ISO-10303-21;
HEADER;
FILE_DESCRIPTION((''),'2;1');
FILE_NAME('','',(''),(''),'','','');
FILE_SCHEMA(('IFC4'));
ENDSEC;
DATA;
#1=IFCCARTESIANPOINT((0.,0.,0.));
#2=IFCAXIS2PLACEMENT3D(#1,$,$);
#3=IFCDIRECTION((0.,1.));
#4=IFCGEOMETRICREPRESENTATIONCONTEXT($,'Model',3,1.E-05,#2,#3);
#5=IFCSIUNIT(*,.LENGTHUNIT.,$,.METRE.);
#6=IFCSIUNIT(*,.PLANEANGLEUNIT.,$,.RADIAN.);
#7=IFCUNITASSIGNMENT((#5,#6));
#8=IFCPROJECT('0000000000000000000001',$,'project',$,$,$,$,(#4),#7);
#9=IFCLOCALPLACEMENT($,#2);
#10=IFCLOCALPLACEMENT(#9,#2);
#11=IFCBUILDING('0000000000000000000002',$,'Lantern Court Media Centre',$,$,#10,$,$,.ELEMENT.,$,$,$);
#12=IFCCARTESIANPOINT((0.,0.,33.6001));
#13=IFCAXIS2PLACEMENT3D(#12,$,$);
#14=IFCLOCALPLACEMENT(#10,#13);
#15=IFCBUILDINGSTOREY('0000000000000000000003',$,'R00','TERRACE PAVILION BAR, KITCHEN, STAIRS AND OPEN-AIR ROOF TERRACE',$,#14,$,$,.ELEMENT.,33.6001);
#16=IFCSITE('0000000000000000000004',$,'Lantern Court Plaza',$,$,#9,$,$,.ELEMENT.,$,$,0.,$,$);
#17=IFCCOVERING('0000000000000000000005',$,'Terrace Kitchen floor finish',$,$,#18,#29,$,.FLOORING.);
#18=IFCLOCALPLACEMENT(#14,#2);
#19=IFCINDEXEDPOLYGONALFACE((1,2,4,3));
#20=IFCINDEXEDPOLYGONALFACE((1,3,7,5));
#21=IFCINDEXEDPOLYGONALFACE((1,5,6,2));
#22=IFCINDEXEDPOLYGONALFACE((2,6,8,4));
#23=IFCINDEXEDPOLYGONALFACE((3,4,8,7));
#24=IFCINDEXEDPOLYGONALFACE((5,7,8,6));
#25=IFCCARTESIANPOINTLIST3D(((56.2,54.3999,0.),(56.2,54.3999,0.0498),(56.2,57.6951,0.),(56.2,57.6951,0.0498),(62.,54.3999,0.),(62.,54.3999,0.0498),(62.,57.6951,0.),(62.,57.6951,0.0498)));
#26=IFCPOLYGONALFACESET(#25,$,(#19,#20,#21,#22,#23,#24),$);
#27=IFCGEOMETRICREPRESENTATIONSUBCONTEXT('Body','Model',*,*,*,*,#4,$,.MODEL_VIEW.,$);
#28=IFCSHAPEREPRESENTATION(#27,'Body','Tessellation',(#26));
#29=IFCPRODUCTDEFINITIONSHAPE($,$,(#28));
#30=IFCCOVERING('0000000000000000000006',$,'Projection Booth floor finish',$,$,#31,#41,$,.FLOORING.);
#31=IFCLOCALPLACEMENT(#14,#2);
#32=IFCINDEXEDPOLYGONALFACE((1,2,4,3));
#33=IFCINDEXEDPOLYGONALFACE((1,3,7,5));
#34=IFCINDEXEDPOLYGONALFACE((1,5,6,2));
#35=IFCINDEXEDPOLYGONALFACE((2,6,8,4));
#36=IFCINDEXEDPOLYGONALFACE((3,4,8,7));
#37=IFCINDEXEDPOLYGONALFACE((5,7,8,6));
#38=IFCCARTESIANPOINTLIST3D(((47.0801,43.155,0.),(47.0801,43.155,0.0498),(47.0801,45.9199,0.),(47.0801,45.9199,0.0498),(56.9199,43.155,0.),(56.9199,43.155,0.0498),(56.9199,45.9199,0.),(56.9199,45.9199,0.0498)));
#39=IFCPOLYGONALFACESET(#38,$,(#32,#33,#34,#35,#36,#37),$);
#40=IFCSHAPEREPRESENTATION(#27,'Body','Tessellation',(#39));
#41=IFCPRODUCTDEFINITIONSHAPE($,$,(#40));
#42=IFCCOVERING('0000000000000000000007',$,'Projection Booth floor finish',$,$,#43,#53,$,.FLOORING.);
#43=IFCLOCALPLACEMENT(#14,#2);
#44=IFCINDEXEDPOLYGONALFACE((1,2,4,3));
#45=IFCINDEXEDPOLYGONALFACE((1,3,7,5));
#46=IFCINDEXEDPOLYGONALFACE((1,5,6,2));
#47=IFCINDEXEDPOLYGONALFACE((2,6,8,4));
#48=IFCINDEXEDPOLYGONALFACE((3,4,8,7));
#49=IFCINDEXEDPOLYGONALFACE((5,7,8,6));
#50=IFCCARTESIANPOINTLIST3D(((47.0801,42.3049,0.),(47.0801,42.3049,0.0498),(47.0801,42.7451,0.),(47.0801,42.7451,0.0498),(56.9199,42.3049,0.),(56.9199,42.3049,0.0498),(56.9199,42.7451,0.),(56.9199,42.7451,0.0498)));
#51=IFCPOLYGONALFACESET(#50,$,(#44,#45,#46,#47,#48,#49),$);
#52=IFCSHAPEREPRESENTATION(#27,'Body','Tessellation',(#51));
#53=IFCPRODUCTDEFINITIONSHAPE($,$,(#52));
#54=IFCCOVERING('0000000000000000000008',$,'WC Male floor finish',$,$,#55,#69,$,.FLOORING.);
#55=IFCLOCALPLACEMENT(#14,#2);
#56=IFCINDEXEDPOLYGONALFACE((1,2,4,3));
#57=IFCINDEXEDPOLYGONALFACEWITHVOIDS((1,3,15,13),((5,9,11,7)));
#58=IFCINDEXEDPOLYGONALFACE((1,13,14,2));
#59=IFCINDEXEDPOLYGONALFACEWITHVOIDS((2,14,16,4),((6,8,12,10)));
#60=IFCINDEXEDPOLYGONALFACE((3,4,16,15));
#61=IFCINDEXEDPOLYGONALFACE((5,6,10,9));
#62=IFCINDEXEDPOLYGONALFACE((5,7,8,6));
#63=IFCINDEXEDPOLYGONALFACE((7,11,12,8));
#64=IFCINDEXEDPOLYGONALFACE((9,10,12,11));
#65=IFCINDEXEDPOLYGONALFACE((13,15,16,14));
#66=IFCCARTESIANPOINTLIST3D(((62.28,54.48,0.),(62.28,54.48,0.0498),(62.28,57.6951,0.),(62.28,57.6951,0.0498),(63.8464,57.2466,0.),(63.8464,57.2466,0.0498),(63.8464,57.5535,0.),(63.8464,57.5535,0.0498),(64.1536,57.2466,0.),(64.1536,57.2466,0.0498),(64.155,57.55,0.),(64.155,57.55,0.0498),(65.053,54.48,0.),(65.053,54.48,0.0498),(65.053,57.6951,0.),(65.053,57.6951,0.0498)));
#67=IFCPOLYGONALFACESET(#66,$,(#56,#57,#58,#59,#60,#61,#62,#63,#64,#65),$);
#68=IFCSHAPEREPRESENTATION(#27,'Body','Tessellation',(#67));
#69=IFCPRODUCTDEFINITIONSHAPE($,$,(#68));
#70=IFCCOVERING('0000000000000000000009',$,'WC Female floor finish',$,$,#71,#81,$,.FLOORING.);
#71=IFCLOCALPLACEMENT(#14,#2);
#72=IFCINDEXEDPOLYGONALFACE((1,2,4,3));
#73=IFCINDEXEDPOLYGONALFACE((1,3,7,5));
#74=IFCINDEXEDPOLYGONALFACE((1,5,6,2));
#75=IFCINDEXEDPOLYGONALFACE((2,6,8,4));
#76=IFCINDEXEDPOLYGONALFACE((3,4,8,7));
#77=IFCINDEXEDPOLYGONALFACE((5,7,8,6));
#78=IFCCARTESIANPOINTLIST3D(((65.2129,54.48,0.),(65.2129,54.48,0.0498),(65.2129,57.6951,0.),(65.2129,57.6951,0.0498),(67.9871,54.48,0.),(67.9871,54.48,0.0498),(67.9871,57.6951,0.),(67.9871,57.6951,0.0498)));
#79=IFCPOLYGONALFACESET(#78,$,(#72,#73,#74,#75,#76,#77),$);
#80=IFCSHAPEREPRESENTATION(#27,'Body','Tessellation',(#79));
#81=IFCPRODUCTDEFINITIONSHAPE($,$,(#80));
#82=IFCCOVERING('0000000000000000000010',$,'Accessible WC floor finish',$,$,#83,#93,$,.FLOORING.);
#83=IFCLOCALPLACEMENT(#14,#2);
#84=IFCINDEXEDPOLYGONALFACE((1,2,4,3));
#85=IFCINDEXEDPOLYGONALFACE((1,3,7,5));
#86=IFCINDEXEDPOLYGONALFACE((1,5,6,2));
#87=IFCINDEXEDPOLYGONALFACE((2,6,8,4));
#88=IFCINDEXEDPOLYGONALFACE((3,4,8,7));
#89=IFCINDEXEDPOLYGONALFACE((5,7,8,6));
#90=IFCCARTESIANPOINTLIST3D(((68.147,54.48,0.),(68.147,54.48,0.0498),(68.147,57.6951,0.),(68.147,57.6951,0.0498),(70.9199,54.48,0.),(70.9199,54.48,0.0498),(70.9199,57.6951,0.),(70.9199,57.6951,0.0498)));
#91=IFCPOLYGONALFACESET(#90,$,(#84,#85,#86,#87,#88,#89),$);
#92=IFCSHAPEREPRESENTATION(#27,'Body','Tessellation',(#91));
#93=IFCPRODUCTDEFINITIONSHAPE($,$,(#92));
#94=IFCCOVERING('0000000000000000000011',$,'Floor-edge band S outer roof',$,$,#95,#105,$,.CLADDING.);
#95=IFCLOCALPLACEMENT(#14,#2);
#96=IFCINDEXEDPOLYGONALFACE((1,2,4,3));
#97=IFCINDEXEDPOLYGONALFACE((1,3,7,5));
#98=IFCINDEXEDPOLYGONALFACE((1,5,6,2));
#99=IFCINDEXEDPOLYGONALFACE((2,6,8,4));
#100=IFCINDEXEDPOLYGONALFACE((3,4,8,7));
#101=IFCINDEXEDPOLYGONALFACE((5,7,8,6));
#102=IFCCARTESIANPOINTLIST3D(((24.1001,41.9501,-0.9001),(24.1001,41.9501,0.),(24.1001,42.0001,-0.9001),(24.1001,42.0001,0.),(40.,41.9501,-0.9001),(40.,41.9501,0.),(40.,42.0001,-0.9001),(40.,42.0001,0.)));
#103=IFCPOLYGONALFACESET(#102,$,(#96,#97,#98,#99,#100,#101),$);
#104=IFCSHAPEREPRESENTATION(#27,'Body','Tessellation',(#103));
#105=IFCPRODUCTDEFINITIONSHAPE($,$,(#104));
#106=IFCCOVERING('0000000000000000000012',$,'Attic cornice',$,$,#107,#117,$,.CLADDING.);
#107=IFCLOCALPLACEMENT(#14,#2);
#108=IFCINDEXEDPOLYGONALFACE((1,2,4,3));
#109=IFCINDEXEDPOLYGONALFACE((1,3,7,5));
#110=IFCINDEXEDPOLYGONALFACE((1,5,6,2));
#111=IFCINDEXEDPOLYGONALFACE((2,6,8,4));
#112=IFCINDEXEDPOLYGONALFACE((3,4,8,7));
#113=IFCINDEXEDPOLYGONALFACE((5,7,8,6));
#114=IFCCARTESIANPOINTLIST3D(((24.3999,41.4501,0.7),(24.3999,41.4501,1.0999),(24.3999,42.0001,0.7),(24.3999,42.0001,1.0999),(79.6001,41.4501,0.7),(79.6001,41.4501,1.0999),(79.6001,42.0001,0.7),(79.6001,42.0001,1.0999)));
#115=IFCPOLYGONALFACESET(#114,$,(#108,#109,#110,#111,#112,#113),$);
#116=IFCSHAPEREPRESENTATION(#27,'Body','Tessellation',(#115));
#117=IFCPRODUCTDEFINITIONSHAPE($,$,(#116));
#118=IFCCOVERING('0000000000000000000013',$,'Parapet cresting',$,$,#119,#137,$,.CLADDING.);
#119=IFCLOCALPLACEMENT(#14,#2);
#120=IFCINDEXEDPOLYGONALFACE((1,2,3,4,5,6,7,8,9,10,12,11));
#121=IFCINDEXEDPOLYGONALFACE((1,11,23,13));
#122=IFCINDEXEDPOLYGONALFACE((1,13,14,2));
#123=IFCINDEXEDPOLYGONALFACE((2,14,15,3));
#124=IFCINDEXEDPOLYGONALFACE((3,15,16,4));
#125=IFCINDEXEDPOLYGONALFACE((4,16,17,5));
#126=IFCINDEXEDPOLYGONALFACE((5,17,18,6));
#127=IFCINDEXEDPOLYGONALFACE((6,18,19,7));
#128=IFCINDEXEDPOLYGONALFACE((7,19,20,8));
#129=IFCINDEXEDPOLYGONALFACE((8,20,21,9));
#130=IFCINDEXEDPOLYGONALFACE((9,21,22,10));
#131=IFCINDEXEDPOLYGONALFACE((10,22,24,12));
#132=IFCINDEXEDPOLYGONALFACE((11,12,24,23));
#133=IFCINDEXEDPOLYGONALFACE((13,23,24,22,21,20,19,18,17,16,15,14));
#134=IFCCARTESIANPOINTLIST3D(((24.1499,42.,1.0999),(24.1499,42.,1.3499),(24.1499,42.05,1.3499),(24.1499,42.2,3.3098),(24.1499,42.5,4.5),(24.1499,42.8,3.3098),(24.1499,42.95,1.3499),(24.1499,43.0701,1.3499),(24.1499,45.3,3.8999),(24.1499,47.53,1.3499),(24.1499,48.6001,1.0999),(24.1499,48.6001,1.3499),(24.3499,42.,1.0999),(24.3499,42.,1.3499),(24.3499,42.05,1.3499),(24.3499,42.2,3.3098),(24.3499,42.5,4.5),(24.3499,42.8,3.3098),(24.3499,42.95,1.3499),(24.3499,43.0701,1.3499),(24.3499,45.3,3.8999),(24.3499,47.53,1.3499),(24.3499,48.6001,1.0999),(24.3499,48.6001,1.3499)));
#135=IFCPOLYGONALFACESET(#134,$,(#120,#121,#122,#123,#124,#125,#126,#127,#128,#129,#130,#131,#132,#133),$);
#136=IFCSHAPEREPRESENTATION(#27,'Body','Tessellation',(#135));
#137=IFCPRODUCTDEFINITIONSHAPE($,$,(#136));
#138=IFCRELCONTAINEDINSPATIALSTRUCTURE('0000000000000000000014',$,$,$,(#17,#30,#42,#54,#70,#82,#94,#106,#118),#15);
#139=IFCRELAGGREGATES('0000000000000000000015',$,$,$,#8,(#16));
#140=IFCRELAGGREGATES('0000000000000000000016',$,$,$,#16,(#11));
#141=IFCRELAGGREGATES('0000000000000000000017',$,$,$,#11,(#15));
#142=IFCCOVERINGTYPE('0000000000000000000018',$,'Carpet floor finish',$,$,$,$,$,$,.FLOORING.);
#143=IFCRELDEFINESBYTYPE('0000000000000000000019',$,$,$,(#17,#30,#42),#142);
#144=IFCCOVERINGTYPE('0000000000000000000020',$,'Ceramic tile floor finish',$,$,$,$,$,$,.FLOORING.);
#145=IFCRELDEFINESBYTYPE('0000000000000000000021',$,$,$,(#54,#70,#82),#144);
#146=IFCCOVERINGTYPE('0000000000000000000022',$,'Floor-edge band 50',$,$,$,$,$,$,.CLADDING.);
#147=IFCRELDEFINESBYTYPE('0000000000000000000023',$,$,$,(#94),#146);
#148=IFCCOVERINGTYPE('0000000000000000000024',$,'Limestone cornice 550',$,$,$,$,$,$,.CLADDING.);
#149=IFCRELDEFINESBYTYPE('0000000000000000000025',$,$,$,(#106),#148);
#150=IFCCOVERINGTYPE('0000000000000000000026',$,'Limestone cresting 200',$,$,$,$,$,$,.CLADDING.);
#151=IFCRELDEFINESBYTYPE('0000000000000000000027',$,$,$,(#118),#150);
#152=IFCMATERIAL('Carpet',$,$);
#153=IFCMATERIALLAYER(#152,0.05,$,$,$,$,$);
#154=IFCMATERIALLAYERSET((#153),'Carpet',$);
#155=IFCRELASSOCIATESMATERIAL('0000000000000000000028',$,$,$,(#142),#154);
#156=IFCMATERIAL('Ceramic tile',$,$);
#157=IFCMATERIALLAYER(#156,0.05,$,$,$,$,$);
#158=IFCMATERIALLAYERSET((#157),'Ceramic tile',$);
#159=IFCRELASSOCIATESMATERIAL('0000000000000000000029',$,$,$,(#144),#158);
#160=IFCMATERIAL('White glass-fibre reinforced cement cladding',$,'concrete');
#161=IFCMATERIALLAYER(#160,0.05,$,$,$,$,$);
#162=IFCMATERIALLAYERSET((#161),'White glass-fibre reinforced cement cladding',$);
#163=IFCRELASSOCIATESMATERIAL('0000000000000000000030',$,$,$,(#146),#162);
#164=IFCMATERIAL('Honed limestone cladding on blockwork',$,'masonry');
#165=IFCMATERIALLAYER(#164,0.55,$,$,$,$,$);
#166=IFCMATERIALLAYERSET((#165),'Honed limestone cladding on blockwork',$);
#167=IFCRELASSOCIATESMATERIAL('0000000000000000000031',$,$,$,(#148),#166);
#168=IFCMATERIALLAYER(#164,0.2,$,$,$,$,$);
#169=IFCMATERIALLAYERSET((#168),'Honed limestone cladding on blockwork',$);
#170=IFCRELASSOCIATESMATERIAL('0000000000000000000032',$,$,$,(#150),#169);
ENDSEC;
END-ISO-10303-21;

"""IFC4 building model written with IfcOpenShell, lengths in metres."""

from ifc_helpers import new_model, si_unit, direction, frame, frame_2d, origin, place, context, subcontext, project, spatial, polyline, rectangle, outline, extrude, material, layer, layer_set, type_object, element, save


model = new_model("IFC4")

# Units and contexts
model_context = context("Model", 3, precision=1e-05, world=origin(), true_north=direction((0.0, 1.0)))
body_context = subcontext(model_context, "Body", "Model", "MODEL_VIEW")
ifc_project = project(units=[si_unit("LENGTHUNIT", "METRE"), si_unit("PLANEANGLEUNIT", "RADIAN")], contexts=[model_context])

# Site, building, storey
site_placement = place(None, origin())
site = spatial("IfcSite", under=ifc_project, at=site_placement, Name="Lantern Court Plaza", CompositionType="ELEMENT", RefElevation=0.0)
building_placement = place(site_placement, origin())
building = spatial("IfcBuilding", under=site, at=building_placement, Name="Lantern Court Media Centre", CompositionType="ELEMENT")
storey_placement = place(building_placement, frame((0.0, 0.0, 33.6001)))
storey = spatial("IfcBuildingStorey", under=building, at=storey_placement, Name="R00", Description="TERRACE PAVILION BAR, KITCHEN, STAIRS AND OPEN-AIR ROOF TERRACE", CompositionType="ELEMENT", Elevation=33.6001)

# Shared definitions
ifc_material_1 = material(Name="Honed limestone cladding on blockwork", Category="masonry")

# Coverings
ifc_material_2 = material(Name="Carpet")
ifc_layer_1 = layer(ifc_material_2, 0.05)
ifc_layer_set_1 = layer_set([ifc_layer_1], Name="Carpet")
covering_type_1 = type_object("IfcCoveringType", Name="Carpet floor finish", PredefinedType="FLOORING", material=ifc_layer_set_1)
covering_1_placement = place(storey_placement, origin())
element("IfcCovering", 1, at=covering_1_placement, inside=storey, type_object=covering_type_1, Name="Terrace Kitchen floor finish", PredefinedType="FLOORING", context=body_context, shape_type="SweptSolid", body=[
    extrude(outline(polyline([(62.0, 54.3999), (56.2, 54.3999), (56.2, 57.6951), (62.0, 57.6951), (62.0, 54.3999)])), origin(), (0.0, 0.0, 1.0), 0.0498),
])
covering_2_placement = place(storey_placement, origin())
element("IfcCovering", 2, at=covering_2_placement, inside=storey, type_object=covering_type_1, Name="Projection Booth floor finish", PredefinedType="FLOORING", context=body_context, shape_type="SweptSolid", body=[
    extrude(outline(polyline([(47.0801, 45.9199), (56.9199, 45.9199), (56.9199, 43.155), (47.0801, 43.155), (47.0801, 45.9199)])), origin(), (0.0, 0.0, 1.0), 0.0498),
])
covering_3_placement = place(storey_placement, origin())
element("IfcCovering", 3, at=covering_3_placement, inside=storey, type_object=covering_type_1, Name="Projection Booth floor finish", PredefinedType="FLOORING", context=body_context, shape_type="SweptSolid", body=[
    extrude(outline(polyline([(56.9199, 42.7451), (56.9199, 42.3049), (47.0801, 42.3049), (47.0801, 42.7451), (56.9199, 42.7451)])), origin(), (0.0, 0.0, 1.0), 0.0498),
])
ifc_material_3 = material(Name="Ceramic tile")
ifc_layer_2 = layer(ifc_material_3, 0.05)
ifc_layer_set_2 = layer_set([ifc_layer_2], Name="Ceramic tile")
covering_type_2 = type_object("IfcCoveringType", Name="Ceramic tile floor finish", PredefinedType="FLOORING", material=ifc_layer_set_2)
covering_4_placement = place(storey_placement, origin())
element("IfcCovering", 4, at=covering_4_placement, inside=storey, type_object=covering_type_2, Name="WC Male floor finish", PredefinedType="FLOORING", context=body_context, shape_type="SweptSolid", body=[
    extrude(outline(polyline([(62.28, 54.48), (62.28, 57.6951), (65.053, 57.6951), (65.053, 54.48), (62.28, 54.48)]), holes=[polyline([(64.155, 57.55), (63.8464, 57.5535), (63.8464, 57.2466), (64.1536, 57.2466), (64.155, 57.55)])]), origin(), (0.0, 0.0, 1.0), 0.0498),
])
covering_5_placement = place(storey_placement, origin())
element("IfcCovering", 5, at=covering_5_placement, inside=storey, type_object=covering_type_2, Name="WC Female floor finish", PredefinedType="FLOORING", context=body_context, shape_type="SweptSolid", body=[
    extrude(outline(polyline([(67.9871, 54.48), (65.2129, 54.48), (65.2129, 57.6951), (67.9871, 57.6951), (67.9871, 54.48)])), origin(), (0.0, 0.0, 1.0), 0.0498),
])
covering_6_placement = place(storey_placement, origin())
element("IfcCovering", 6, at=covering_6_placement, inside=storey, type_object=covering_type_2, Name="Accessible WC floor finish", PredefinedType="FLOORING", context=body_context, shape_type="SweptSolid", body=[
    extrude(outline(polyline([(68.147, 54.48), (68.147, 57.6951), (70.9199, 57.6951), (70.9199, 54.48), (68.147, 54.48)])), origin(), (0.0, 0.0, 1.0), 0.0498),
])
ifc_material_4 = material(Name="White glass-fibre reinforced cement cladding", Category="concrete")
ifc_layer_3 = layer(ifc_material_4, 0.05)
ifc_layer_set_3 = layer_set([ifc_layer_3], Name="White glass-fibre reinforced cement cladding")
covering_type_3 = type_object("IfcCoveringType", Name="Floor-edge band 50", PredefinedType="CLADDING", material=ifc_layer_set_3)
covering_7_placement = place(storey_placement, frame((24.1001, 41.9751, -0.9001), z_axis=(0.0, 0.0, 1.0), x_axis=(1.0, 0.0, 0.0)))
element("IfcCovering", 7, at=covering_7_placement, inside=storey, type_object=covering_type_3, Name="Floor-edge band S outer roof", PredefinedType="CLADDING", context=body_context, shape_type="SweptSolid", body=[
    extrude(rectangle(XDim=15.8999, YDim=0.05, at=frame_2d((7.95, 0.0))), origin(), (0.0, 0.0, 1.0), 0.9001),
])
ifc_layer_4 = layer(ifc_material_1, 0.55)
ifc_layer_set_4 = layer_set([ifc_layer_4], Name="Honed limestone cladding on blockwork")
covering_type_4 = type_object("IfcCoveringType", Name="Limestone cornice 550", PredefinedType="CLADDING", material=ifc_layer_set_4)
covering_8_placement = place(storey_placement, frame((24.3999, 41.7251, 0.7), z_axis=(0.0, 0.0, 1.0), x_axis=(1.0, 0.0, 0.0)))
element("IfcCovering", 8, at=covering_8_placement, inside=storey, type_object=covering_type_4, Name="Attic cornice", PredefinedType="CLADDING", context=body_context, shape_type="SweptSolid", body=[
    extrude(rectangle(XDim=55.2002, YDim=0.55, at=frame_2d((27.6001, 0.0))), origin(), (0.0, 0.0, 1.0), 0.3999),
])
ifc_layer_5 = layer(ifc_material_1, 0.2)
ifc_layer_set_5 = layer_set([ifc_layer_5], Name="Honed limestone cladding on blockwork")
covering_type_5 = type_object("IfcCoveringType", Name="Limestone cresting 200", PredefinedType="CLADDING", material=ifc_layer_set_5)
covering_9_placement = place(storey_placement, frame((24.25, 42.0, 1.0999), z_axis=(0.0, 0.0, 1.0), x_axis=(0.0, 1.0, 0.0)))
element("IfcCovering", 9, at=covering_9_placement, inside=storey, type_object=covering_type_5, Name="Parapet cresting", PredefinedType="CLADDING", context=body_context, shape_type="SweptSolid", body=[
    extrude(outline(polyline([(0.0, 0.0), (6.6001, 0.0), (6.6001, 0.25), (5.53, 0.25), (3.3, 2.8), (1.0701, 0.25), (0.95, 0.25), (0.8, 2.21), (0.5, 3.4001), (0.2, 2.21), (0.05, 0.25), (0.0, 0.25), (0.0, 0.0)])), frame((0.0, 0.1001, 0.0), z_axis=(0.0, -1.0, 0.0), x_axis=(1.0, 0.0, 0.0)), (0.0, 0.0, 1.0), 0.2),
])

save(model, "model.ifc")
